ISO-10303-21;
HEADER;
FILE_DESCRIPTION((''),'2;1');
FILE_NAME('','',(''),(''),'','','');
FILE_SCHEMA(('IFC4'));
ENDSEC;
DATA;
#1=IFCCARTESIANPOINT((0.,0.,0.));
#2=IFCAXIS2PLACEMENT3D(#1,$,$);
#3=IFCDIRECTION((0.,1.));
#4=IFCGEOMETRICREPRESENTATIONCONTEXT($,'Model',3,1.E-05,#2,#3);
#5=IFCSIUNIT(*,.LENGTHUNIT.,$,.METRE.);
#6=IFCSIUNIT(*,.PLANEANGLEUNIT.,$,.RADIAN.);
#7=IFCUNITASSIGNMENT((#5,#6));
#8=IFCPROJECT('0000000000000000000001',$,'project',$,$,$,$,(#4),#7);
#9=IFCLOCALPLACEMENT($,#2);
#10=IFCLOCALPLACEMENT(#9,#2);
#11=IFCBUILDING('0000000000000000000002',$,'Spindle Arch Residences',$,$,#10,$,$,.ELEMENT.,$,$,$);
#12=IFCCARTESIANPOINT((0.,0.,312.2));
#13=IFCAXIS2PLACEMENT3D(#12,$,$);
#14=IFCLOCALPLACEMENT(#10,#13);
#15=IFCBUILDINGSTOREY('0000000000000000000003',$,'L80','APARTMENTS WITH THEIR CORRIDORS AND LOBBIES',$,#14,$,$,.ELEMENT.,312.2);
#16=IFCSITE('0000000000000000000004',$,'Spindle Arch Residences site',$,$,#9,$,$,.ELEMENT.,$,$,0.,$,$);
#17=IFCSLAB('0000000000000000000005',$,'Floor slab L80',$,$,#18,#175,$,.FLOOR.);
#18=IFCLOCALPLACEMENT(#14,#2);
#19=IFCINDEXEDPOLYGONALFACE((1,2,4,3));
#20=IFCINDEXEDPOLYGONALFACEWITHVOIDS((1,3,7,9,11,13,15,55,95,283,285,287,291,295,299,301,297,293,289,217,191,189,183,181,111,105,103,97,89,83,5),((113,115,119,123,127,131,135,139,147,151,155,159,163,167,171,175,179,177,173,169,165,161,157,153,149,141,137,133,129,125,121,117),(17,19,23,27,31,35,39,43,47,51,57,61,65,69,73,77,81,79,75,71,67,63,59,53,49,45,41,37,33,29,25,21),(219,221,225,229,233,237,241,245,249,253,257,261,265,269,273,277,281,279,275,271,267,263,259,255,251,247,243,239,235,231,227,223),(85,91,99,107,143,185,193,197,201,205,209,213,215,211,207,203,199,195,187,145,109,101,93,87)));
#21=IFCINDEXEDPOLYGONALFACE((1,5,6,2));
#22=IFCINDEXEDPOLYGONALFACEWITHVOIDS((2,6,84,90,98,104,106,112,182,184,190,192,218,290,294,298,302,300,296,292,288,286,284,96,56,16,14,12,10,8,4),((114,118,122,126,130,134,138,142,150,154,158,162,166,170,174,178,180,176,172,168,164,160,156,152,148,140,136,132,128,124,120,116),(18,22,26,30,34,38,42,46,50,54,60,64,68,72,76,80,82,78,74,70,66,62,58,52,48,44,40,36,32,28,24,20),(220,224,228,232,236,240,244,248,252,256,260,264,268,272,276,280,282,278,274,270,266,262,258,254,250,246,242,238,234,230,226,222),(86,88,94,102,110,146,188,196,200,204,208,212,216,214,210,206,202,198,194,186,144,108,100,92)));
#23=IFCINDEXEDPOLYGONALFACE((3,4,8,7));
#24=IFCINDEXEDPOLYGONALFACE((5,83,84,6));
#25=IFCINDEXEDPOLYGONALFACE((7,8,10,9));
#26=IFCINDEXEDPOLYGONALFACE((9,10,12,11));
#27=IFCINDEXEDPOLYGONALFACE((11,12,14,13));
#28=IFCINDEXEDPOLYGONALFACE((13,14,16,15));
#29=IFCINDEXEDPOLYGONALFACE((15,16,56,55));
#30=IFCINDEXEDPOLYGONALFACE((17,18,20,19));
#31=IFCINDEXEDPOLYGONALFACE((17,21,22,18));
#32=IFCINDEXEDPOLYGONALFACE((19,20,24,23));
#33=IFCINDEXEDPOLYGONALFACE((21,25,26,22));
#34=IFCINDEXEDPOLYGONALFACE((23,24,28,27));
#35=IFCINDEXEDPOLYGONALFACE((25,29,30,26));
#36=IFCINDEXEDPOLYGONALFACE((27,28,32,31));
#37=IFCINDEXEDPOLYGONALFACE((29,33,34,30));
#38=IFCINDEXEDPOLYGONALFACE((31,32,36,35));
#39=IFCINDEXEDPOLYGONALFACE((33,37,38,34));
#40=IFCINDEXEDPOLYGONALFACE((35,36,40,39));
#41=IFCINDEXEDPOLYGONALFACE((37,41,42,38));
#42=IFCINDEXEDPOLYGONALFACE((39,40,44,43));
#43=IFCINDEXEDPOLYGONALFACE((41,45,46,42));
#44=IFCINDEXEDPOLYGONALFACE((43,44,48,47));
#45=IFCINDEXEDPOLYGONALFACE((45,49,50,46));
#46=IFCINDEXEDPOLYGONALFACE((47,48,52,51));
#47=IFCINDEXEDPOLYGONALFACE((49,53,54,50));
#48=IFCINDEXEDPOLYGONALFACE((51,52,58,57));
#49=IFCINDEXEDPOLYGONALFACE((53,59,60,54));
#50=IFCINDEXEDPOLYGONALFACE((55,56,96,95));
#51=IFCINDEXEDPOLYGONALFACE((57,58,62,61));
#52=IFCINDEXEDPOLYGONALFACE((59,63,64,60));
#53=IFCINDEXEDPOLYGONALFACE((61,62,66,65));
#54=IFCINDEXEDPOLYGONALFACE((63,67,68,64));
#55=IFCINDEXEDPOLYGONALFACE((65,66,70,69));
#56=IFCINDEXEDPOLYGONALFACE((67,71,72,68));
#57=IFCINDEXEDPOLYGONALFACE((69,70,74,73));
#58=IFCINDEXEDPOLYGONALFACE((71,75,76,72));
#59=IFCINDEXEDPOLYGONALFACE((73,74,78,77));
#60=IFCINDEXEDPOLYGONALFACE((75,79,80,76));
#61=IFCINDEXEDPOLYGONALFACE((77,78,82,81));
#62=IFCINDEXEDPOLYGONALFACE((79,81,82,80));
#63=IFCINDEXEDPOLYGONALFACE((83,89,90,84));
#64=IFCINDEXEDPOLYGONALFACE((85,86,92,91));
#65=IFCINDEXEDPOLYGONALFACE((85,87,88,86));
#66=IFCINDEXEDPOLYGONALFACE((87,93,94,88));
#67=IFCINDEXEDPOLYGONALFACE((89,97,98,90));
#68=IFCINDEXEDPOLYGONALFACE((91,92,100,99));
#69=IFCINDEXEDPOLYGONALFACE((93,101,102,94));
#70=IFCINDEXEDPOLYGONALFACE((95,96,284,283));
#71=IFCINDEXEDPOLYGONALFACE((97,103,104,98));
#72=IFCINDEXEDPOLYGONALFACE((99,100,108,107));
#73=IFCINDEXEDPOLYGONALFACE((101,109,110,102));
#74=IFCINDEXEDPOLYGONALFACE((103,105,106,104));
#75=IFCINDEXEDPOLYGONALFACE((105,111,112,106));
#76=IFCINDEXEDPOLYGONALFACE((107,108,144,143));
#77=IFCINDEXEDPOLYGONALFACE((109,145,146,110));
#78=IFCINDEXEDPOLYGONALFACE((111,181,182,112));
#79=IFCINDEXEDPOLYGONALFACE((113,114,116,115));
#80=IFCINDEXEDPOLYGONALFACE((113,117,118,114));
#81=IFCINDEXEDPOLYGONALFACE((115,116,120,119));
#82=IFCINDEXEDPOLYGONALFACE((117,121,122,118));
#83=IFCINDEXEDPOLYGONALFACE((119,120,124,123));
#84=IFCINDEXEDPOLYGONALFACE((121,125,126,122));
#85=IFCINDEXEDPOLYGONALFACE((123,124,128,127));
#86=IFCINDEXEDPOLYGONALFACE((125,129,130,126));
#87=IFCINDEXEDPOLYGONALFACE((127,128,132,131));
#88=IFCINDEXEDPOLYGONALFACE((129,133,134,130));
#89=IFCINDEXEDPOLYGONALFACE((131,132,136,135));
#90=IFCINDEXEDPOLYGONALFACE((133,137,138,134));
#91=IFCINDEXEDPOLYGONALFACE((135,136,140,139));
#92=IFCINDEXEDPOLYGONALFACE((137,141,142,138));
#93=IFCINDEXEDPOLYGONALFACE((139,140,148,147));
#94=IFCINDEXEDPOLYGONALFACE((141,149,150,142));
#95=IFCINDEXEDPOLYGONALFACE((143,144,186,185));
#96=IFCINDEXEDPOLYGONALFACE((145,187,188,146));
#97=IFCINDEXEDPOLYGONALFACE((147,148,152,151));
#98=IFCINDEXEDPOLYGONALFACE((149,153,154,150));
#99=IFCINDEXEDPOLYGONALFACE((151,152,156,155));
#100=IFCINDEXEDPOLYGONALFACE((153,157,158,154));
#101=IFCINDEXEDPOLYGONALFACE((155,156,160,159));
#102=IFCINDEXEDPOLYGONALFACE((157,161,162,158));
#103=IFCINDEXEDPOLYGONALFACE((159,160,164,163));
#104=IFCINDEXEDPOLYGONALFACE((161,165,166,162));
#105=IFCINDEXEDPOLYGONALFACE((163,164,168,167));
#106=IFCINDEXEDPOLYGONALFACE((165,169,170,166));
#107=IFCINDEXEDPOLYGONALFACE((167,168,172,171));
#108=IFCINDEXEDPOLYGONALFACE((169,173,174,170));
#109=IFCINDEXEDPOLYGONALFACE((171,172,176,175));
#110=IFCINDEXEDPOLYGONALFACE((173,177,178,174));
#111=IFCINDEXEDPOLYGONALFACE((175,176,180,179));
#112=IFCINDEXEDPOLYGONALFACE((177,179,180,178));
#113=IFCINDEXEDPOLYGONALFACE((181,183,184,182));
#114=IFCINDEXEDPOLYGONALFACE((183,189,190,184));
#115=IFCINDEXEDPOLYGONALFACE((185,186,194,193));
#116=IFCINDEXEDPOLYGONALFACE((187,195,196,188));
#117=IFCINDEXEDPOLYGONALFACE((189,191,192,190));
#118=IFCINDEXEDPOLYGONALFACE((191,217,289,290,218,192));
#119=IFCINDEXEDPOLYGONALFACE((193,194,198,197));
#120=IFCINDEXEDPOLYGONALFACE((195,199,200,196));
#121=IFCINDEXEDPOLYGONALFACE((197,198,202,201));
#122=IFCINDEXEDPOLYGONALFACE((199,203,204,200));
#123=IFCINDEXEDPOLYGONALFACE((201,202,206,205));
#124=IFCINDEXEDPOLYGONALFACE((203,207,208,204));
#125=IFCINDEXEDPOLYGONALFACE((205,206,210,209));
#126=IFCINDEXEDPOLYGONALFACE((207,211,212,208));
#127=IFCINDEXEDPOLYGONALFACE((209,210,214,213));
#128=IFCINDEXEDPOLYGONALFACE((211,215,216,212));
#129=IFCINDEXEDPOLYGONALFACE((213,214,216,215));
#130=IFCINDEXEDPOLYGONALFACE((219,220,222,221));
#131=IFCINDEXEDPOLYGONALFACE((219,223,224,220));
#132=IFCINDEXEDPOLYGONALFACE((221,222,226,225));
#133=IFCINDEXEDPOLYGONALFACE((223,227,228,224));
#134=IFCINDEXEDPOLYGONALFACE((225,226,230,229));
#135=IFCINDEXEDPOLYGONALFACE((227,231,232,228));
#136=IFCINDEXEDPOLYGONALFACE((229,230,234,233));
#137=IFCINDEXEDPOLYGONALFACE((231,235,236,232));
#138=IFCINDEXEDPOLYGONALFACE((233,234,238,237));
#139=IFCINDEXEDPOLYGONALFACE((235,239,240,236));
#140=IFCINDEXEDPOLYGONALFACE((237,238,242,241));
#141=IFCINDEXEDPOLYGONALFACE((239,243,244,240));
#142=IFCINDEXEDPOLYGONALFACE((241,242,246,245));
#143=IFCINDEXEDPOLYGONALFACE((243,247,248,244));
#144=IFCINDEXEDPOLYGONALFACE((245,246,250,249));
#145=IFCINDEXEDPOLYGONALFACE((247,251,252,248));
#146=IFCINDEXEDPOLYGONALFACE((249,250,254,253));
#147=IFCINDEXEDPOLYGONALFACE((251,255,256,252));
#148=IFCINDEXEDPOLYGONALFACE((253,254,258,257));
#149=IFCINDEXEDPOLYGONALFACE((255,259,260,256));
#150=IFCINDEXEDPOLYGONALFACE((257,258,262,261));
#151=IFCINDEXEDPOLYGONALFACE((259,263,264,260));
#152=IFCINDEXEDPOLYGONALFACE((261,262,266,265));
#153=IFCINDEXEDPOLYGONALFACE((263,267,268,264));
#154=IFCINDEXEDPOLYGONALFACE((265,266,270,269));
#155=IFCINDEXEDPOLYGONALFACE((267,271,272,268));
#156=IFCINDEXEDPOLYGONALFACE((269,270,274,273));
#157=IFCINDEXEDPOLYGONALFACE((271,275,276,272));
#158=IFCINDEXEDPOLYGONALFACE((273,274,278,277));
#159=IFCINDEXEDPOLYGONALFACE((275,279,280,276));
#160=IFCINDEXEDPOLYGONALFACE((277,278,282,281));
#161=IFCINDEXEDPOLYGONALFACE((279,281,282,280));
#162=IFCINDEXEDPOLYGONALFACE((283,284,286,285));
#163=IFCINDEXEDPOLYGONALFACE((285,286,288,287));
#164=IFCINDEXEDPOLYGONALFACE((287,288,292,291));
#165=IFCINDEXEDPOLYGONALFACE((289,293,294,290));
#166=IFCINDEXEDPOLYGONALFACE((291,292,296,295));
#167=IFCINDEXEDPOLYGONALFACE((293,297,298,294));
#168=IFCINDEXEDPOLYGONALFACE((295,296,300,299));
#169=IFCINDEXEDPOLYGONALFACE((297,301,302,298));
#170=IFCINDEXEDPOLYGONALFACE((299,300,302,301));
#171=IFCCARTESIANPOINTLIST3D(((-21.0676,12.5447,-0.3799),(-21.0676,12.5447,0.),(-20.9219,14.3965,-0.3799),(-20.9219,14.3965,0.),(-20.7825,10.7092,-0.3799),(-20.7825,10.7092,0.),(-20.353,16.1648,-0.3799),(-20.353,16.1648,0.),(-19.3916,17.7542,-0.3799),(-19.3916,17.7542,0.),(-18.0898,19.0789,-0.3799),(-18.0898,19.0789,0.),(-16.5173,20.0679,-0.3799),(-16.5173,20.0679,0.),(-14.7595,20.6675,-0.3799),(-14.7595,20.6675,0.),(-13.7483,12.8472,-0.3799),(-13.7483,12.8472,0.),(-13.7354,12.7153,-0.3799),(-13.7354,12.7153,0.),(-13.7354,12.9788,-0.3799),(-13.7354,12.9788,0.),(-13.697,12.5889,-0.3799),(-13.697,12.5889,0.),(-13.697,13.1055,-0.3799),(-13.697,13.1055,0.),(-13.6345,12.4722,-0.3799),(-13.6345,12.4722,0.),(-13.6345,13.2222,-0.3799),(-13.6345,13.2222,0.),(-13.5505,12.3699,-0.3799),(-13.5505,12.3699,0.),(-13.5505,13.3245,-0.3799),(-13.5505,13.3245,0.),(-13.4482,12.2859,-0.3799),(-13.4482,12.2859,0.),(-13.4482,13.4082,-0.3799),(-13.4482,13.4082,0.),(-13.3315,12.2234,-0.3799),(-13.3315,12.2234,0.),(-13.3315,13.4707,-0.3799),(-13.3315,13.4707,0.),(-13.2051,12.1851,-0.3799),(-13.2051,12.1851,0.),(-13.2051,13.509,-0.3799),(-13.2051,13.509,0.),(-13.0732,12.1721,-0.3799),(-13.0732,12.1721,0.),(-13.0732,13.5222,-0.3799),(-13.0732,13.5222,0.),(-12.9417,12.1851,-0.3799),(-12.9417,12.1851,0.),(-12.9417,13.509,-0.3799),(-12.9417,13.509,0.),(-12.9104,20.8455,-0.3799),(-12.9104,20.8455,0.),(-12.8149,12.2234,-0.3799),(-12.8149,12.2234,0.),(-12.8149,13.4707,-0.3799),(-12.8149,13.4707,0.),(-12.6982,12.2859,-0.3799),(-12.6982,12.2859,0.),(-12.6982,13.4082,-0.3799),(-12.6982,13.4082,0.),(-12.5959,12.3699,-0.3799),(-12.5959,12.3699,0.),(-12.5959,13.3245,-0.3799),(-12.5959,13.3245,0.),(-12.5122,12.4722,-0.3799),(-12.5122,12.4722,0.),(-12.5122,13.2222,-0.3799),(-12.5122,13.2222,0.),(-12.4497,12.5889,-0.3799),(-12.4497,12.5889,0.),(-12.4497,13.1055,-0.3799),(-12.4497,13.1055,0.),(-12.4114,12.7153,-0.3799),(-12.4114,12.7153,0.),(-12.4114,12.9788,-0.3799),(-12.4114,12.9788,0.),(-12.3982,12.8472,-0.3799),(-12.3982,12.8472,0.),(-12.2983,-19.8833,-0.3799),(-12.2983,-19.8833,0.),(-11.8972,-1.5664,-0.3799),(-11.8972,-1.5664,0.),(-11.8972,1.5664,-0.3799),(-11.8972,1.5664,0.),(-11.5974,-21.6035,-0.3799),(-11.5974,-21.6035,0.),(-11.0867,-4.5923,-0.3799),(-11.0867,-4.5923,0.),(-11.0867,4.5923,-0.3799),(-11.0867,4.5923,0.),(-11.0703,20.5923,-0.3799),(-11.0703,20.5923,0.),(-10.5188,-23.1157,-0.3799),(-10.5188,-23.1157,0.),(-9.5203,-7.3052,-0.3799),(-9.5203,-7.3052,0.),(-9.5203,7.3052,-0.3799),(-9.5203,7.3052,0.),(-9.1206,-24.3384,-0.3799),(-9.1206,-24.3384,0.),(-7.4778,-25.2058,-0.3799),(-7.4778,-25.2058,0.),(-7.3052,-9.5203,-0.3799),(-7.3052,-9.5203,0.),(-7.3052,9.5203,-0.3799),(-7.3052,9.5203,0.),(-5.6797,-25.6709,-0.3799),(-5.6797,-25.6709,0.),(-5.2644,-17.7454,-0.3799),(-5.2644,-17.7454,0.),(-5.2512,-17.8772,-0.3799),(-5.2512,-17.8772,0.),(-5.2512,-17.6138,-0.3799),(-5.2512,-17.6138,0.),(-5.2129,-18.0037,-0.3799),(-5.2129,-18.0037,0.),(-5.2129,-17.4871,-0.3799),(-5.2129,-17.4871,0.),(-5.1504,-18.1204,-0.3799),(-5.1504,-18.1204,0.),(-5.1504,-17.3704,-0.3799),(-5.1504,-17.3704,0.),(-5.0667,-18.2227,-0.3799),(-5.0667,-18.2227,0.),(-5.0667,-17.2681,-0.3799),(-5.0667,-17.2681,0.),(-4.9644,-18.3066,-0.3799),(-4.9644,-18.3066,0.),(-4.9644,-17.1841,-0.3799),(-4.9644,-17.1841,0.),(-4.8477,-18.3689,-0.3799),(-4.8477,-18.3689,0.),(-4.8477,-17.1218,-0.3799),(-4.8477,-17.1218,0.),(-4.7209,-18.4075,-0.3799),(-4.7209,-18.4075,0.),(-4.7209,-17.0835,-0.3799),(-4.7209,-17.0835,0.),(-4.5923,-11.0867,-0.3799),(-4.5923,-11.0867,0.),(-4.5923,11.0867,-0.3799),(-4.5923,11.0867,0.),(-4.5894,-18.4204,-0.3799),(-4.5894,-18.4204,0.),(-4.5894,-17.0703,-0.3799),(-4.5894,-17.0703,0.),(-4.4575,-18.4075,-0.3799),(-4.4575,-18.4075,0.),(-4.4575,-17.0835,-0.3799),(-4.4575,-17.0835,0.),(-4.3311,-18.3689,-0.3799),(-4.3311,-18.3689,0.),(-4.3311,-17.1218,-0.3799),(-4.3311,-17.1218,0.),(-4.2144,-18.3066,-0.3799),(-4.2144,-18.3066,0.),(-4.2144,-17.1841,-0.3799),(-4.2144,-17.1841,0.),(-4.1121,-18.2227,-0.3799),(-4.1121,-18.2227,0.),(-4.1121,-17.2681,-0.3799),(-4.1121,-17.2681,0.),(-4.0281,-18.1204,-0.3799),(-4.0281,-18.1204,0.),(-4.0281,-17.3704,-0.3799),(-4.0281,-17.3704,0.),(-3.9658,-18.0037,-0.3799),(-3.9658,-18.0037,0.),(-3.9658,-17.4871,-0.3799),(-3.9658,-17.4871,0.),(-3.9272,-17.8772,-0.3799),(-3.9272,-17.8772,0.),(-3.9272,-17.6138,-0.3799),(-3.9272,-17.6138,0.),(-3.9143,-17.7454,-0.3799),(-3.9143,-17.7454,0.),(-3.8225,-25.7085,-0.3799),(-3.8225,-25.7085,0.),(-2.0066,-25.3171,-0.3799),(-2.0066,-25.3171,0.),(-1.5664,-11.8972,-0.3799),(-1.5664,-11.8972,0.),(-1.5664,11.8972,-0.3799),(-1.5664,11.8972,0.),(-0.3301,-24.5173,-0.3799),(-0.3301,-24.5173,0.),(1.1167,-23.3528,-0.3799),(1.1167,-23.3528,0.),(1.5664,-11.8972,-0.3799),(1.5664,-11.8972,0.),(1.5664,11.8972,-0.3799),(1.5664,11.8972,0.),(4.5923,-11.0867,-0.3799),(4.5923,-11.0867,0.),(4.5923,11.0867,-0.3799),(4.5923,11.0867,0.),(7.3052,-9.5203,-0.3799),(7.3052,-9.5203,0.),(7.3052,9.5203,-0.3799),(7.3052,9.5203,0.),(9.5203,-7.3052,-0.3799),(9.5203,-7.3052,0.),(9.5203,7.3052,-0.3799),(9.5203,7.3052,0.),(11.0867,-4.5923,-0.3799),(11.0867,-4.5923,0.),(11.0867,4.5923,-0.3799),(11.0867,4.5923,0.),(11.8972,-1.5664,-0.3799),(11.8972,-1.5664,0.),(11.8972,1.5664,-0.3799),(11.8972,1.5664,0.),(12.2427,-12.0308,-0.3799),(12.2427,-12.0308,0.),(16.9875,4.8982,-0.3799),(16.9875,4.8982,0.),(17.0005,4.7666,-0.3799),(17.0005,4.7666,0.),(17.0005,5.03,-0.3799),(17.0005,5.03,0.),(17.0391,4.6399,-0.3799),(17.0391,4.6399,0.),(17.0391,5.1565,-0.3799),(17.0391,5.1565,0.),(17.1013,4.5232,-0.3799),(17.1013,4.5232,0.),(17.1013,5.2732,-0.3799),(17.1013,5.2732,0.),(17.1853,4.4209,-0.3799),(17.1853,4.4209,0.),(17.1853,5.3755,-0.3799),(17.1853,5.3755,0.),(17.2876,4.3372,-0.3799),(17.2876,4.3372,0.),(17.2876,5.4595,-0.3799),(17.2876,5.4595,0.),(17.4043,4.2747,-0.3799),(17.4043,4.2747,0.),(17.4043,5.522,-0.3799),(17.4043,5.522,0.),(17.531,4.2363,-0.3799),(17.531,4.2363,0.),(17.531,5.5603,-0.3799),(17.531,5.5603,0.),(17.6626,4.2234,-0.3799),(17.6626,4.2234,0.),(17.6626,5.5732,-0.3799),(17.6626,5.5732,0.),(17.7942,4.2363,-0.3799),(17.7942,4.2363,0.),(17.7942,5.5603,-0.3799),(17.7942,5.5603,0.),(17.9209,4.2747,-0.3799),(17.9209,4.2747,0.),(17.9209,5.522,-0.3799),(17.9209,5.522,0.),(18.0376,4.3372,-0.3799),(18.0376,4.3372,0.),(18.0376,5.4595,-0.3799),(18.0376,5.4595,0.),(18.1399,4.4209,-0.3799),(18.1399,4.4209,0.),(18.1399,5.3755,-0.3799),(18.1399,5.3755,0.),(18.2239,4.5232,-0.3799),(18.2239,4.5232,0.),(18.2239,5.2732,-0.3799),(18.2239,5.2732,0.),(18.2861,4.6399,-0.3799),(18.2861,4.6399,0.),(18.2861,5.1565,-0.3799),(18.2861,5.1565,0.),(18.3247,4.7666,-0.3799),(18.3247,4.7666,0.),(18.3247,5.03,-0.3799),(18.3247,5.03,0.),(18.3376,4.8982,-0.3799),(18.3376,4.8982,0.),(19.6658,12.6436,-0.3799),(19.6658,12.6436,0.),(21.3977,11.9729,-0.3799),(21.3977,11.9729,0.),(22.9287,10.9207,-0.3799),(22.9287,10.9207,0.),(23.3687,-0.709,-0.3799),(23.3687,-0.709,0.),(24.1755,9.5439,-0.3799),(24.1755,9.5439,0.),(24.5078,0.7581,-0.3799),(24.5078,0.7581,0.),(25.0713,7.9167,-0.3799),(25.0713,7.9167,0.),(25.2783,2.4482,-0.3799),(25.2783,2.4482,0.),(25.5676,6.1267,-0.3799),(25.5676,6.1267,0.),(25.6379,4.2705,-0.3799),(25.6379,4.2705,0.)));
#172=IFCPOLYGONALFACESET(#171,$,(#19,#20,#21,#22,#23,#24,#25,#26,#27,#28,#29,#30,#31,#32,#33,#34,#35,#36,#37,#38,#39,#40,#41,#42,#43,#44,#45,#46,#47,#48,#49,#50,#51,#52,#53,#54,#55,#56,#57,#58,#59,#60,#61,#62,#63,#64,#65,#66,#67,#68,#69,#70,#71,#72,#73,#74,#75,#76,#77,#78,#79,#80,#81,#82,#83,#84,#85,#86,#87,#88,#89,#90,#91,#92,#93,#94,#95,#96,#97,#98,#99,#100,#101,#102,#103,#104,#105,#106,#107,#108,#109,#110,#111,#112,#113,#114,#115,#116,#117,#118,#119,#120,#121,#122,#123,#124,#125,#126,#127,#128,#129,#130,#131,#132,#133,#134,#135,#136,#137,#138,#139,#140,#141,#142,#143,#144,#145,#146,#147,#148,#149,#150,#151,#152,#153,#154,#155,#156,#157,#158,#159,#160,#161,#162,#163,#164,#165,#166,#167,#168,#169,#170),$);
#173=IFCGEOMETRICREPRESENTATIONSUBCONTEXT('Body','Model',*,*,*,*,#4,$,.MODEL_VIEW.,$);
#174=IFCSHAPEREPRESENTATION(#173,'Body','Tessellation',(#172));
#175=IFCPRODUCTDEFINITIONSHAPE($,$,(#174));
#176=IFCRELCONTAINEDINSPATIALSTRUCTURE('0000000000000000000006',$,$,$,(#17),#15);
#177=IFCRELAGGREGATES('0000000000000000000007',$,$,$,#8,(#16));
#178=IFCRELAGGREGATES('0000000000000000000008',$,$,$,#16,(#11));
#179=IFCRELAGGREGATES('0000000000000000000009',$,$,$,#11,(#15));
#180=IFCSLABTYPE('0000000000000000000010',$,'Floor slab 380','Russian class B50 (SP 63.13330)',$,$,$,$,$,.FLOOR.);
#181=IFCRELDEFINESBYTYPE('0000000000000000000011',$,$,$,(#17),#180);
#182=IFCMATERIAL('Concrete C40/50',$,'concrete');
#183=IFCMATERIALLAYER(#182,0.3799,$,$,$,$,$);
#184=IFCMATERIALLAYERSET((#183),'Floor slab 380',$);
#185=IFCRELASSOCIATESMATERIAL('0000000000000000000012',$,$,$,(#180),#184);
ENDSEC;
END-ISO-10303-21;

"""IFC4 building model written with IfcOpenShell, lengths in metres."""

from ifc_helpers import new_model, si_unit, direction, frame, origin, place, context, subcontext, project, spatial, polyline, outline, extrude, material, layer, layer_set, type_object, element, save


model = new_model("IFC4")

# Units and contexts
model_context = context("Model", 3, precision=1e-05, world=origin(), true_north=direction((0.0, 1.0)))
body_context = subcontext(model_context, "Body", "Model", "MODEL_VIEW")
ifc_project = project(units=[si_unit("LENGTHUNIT", "METRE"), si_unit("PLANEANGLEUNIT", "RADIAN")], contexts=[model_context])

# Site, building, storey
site_placement = place(None, origin())
site = spatial("IfcSite", under=ifc_project, at=site_placement, Name="Spindle Arch Residences site", CompositionType="ELEMENT", RefElevation=0.0)
building_placement = place(site_placement, origin())
building = spatial("IfcBuilding", under=site, at=building_placement, Name="Spindle Arch Residences", CompositionType="ELEMENT")
storey_placement = place(building_placement, frame((0.0, 0.0, 312.2)))
storey = spatial("IfcBuildingStorey", under=building, at=storey_placement, Name="L80", Description="APARTMENTS WITH THEIR CORRIDORS AND LOBBIES", CompositionType="ELEMENT", Elevation=312.2)

# Slab
ifc_material_1 = material(Name="Concrete C40/50", Category="concrete")
ifc_layer_1 = layer(ifc_material_1, 0.3799)
ifc_layer_set_1 = layer_set([ifc_layer_1], Name="Floor slab 380")
slab_type_1 = type_object("IfcSlabType", Name="Floor slab 380", Description="Russian class B50 (SP 63.13330)", PredefinedType="FLOOR", material=ifc_layer_set_1)
slab_1_placement = place(storey_placement, frame((0.0, 0.0, -0.3799)))
element("IfcSlab", 1, at=slab_1_placement, inside=storey, type_object=slab_type_1, Name="Floor slab L80", PredefinedType="FLOOR", context=body_context, shape_type="SweptSolid", body=[
    extrude(outline(polyline([(-0.3301, -24.5173), (-2.0066, -25.3171), (-3.8225, -25.7085), (-5.6797, -25.6709), (-7.4778, -25.2058), (-9.1206, -24.3384), (-10.5188, -23.1157), (-11.5974, -21.6035), (-12.2983, -19.8833), (-20.7825, 10.7092), (-21.0676, 12.5447), (-20.9219, 14.3965), (-20.353, 16.1648), (-19.3916, 17.7542), (-18.0898, 19.0789), (-16.5173, 20.0679), (-14.7595, 20.6675), (-12.9104, 20.8455), (-11.0703, 20.5923), (19.6658, 12.6436), (21.3977, 11.9729), (22.9287, 10.9207), (24.1755, 9.5439), (25.0713, 7.9167), (25.5676, 6.1267), (25.6379, 4.2705), (25.2783, 2.4482), (24.5078, 0.7581), (23.3687, -0.709), (12.2427, -12.0308), (1.1167, -23.3528), (-0.3301, -24.5173)]), holes=[polyline([(7.3052, -9.5203), (9.5203, -7.3052), (11.0867, -4.5923), (11.8972, -1.5664), (11.8972, 1.5664), (11.0867, 4.5923), (9.5203, 7.3052), (7.3052, 9.5203), (4.5923, 11.0867), (1.5664, 11.8972), (-1.5664, 11.8972), (-4.5923, 11.0867), (-7.3052, 9.5203), (-9.5203, 7.3052), (-11.0867, 4.5923), (-11.8972, 1.5664), (-11.8972, -1.5664), (-11.0867, -4.5923), (-9.5203, -7.3052), (-7.3052, -9.5203), (-4.5923, -11.0867), (-1.5664, -11.8972), (1.5664, -11.8972), (4.5923, -11.0867), (7.3052, -9.5203)]), polyline([(-4.0281, -18.1204), (-3.9658, -18.0037), (-3.9272, -17.8772), (-3.9143, -17.7454), (-3.9272, -17.6138), (-3.9658, -17.4871), (-4.0281, -17.3704), (-4.1121, -17.2681), (-4.2144, -17.1841), (-4.3311, -17.1218), (-4.4575, -17.0835), (-4.5894, -17.0703), (-4.7209, -17.0835), (-4.8477, -17.1218), (-4.9644, -17.1841), (-5.0667, -17.2681), (-5.1504, -17.3704), (-5.2129, -17.4871), (-5.2512, -17.6138), (-5.2644, -17.7454), (-5.2512, -17.8772), (-5.2129, -18.0037), (-5.1504, -18.1204), (-5.0667, -18.2227), (-4.9644, -18.3066), (-4.8477, -18.3689), (-4.7209, -18.4075), (-4.5894, -18.4204), (-4.4575, -18.4075), (-4.3311, -18.3689), (-4.2144, -18.3066), (-4.1121, -18.2227), (-4.0281, -18.1204)]), polyline([(-12.5959, 12.3699), (-12.5122, 12.4722), (-12.4497, 12.5889), (-12.4114, 12.7153), (-12.3982, 12.8472), (-12.4114, 12.9788), (-12.4497, 13.1055), (-12.5122, 13.2222), (-12.5959, 13.3245), (-12.6982, 13.4082), (-12.8149, 13.4707), (-12.9417, 13.509), (-13.0732, 13.5222), (-13.2051, 13.509), (-13.3315, 13.4707), (-13.4482, 13.4082), (-13.5505, 13.3245), (-13.6345, 13.2222), (-13.697, 13.1055), (-13.7354, 12.9788), (-13.7483, 12.8472), (-13.7354, 12.7153), (-13.697, 12.5889), (-13.6345, 12.4722), (-13.5505, 12.3699), (-13.4482, 12.2859), (-13.3315, 12.2234), (-13.2051, 12.1851), (-13.0732, 12.1721), (-12.9417, 12.1851), (-12.8149, 12.2234), (-12.6982, 12.2859), (-12.5959, 12.3699)]), polyline([(18.1399, 4.4209), (18.2239, 4.5232), (18.2861, 4.6399), (18.3247, 4.7666), (18.3376, 4.8982), (18.3247, 5.03), (18.2861, 5.1565), (18.2239, 5.2732), (18.1399, 5.3755), (18.0376, 5.4595), (17.9209, 5.522), (17.7942, 5.5603), (17.6626, 5.5732), (17.531, 5.5603), (17.4043, 5.522), (17.2876, 5.4595), (17.1853, 5.3755), (17.1013, 5.2732), (17.0391, 5.1565), (17.0005, 5.03), (16.9875, 4.8982), (17.0005, 4.7666), (17.0391, 4.6399), (17.1013, 4.5232), (17.1853, 4.4209), (17.2876, 4.3372), (17.4043, 4.2747), (17.531, 4.2363), (17.6626, 4.2234), (17.7942, 4.2363), (17.9209, 4.2747), (18.0376, 4.3372), (18.1399, 4.4209)])]), origin(), (0.0, 0.0, 1.0), 0.3799),
])

save(model, "model.ifc")
